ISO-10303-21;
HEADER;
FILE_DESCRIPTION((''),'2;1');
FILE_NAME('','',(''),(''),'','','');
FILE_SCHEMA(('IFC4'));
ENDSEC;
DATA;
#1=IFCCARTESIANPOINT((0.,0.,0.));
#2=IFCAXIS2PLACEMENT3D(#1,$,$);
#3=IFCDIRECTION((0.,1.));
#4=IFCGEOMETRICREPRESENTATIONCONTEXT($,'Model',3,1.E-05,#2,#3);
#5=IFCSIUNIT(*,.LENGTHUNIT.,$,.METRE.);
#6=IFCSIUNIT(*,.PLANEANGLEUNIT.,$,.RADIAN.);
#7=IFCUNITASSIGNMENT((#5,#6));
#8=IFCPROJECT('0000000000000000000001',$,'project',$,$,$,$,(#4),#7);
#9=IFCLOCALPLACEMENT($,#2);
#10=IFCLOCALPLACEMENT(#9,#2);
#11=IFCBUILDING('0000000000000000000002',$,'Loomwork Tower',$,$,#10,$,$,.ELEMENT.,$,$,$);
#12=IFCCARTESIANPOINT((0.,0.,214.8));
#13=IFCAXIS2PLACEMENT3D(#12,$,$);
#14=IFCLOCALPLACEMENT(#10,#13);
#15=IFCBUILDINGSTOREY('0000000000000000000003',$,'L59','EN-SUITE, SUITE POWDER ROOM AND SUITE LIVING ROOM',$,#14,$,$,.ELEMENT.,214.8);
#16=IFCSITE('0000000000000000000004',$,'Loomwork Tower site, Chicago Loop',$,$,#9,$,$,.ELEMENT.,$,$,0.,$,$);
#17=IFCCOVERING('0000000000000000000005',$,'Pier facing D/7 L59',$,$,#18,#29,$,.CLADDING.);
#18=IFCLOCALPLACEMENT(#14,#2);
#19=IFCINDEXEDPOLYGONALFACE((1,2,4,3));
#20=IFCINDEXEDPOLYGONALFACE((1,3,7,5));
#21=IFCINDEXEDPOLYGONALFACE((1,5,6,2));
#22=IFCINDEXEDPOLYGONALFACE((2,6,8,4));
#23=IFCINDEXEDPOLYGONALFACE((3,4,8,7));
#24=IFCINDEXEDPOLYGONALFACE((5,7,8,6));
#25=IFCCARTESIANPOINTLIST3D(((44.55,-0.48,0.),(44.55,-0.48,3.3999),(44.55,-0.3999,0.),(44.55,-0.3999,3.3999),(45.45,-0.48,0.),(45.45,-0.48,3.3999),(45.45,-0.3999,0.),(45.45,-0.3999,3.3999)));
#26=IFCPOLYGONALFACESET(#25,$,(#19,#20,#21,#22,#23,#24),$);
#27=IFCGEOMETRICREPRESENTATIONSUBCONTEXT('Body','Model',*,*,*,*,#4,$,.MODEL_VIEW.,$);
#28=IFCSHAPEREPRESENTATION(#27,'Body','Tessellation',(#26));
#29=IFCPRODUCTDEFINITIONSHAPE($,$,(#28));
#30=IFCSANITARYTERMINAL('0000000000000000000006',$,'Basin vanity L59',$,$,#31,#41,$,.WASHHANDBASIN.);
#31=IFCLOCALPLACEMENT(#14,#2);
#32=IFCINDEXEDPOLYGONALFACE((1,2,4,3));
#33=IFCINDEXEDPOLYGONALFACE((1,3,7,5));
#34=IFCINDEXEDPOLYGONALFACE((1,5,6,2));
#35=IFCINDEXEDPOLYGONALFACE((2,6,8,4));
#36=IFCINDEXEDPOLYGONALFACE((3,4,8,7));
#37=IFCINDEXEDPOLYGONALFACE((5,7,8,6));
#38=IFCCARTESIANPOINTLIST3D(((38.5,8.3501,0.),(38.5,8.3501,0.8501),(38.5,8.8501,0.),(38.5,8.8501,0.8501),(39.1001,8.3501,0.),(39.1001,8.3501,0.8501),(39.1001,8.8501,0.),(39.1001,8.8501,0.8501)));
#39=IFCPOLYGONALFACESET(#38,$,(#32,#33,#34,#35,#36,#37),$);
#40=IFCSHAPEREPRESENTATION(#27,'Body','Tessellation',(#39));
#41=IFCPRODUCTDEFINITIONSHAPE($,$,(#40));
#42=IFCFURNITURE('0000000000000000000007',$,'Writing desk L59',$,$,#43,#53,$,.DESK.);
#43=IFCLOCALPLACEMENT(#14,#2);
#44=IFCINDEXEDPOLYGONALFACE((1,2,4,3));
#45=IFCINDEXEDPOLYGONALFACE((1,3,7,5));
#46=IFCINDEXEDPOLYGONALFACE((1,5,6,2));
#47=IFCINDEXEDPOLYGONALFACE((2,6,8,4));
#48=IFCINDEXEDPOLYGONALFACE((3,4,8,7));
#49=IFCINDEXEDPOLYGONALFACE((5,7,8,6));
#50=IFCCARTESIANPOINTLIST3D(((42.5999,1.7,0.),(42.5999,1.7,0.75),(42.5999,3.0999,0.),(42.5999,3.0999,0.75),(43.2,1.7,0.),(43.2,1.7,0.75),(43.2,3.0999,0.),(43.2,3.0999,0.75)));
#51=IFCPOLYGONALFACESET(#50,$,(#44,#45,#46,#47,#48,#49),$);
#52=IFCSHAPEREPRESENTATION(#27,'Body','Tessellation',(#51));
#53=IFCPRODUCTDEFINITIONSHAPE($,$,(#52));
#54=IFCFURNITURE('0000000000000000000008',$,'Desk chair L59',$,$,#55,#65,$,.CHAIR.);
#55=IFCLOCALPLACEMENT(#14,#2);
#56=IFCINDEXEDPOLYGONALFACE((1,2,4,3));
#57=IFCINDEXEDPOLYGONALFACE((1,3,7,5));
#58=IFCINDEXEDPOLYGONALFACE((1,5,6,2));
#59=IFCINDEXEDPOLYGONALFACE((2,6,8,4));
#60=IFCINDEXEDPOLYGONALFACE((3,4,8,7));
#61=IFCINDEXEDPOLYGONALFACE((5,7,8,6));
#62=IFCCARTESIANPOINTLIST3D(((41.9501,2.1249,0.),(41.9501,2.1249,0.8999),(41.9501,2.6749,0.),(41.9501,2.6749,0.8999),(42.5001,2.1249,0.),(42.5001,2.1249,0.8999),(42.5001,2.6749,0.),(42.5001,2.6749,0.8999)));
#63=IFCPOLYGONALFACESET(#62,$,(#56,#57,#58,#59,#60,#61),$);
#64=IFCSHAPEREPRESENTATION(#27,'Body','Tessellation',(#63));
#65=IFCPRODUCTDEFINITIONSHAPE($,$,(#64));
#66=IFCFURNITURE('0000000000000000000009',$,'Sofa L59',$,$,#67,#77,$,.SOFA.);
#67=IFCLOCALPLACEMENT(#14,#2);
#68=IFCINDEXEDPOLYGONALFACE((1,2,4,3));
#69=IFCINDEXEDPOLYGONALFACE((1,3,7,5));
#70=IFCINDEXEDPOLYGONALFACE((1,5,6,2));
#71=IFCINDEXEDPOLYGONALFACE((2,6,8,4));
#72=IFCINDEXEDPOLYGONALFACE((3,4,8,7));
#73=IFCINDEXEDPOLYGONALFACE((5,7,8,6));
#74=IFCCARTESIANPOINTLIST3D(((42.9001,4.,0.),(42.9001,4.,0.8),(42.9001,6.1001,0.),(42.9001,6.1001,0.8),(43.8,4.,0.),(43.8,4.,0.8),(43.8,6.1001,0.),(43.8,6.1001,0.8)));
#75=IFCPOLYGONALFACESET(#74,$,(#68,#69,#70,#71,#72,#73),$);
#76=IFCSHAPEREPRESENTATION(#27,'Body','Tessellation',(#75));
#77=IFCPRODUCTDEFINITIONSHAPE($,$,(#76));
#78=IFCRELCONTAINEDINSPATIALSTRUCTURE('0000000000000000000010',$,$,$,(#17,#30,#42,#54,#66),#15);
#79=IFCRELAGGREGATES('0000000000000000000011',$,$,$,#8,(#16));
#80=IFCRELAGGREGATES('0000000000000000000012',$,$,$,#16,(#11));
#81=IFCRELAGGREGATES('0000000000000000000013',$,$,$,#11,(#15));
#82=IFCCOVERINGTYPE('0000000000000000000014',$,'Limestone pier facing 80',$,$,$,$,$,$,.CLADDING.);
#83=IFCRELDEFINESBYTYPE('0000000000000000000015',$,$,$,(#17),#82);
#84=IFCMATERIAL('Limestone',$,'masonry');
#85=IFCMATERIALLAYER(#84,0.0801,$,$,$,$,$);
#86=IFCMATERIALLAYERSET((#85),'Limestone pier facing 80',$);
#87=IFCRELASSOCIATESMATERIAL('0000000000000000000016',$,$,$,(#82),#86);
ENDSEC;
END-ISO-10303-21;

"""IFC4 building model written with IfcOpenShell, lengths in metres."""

from ifc_helpers import new_model, si_unit, direction, frame, origin, origin_2d, place, context, subcontext, project, spatial, rectangle, extrude, material, layer, layer_set, type_object, element, save


model = new_model("IFC4")

# Units and contexts
model_context = context("Model", 3, precision=1e-05, world=origin(), true_north=direction((0.0, 1.0)))
body_context = subcontext(model_context, "Body", "Model", "MODEL_VIEW")
ifc_project = project(units=[si_unit("LENGTHUNIT", "METRE"), si_unit("PLANEANGLEUNIT", "RADIAN")], contexts=[model_context])

# Site, building, storey
site_placement = place(None, origin())
site = spatial("IfcSite", under=ifc_project, at=site_placement, Name="Loomwork Tower site, Chicago Loop", CompositionType="ELEMENT", RefElevation=0.0)
building_placement = place(site_placement, origin())
building = spatial("IfcBuilding", under=site, at=building_placement, Name="Loomwork Tower", CompositionType="ELEMENT")
storey_placement = place(building_placement, frame((0.0, 0.0, 214.8)))
storey = spatial("IfcBuildingStorey", under=building, at=storey_placement, Name="L59", Description="EN-SUITE, SUITE POWDER ROOM AND SUITE LIVING ROOM", CompositionType="ELEMENT", Elevation=214.8)

# Covering
ifc_material_1 = material(Name="Limestone", Category="masonry")
ifc_layer_1 = layer(ifc_material_1, 0.0801)
ifc_layer_set_1 = layer_set([ifc_layer_1], Name="Limestone pier facing 80")
covering_type = type_object("IfcCoveringType", Name="Limestone pier facing 80", PredefinedType="CLADDING", material=ifc_layer_set_1)
covering_placement = place(storey_placement, frame((45.0, -0.4399, 0.0), z_axis=(0.0, 0.0, 1.0), x_axis=(1.0, 0.0, 0.0)))
element("IfcCovering", 1, at=covering_placement, inside=storey, type_object=covering_type, Name="Pier facing D/7 L59", PredefinedType="CLADDING", context=body_context, shape_type="SweptSolid", body=[
    extrude(rectangle(XDim=0.8999, YDim=0.0801, at=origin_2d()), origin(), (0.0, 0.0, 1.0), 3.3999),
])

# Sanitary terminal
sanitary_terminal_placement = place(storey_placement, frame((38.8, 8.6001, 0.0), z_axis=(0.0, 0.0, 1.0), x_axis=(1.0, 0.0, 0.0)))
element("IfcSanitaryTerminal", 2, at=sanitary_terminal_placement, inside=storey, Name="Basin vanity L59", PredefinedType="WASHHANDBASIN", context=body_context, shape_type="SweptSolid", body=[
    extrude(rectangle(XDim=0.6001, YDim=0.5, at=origin_2d()), origin(), (0.0, 0.0, 1.0), 0.8501),
])

# Furniture
furniture_1_placement = place(storey_placement, frame((42.8999, 2.3999, 0.0), z_axis=(0.0, 0.0, 1.0), x_axis=(1.0, 0.0, 0.0)))
element("IfcFurniture", 3, at=furniture_1_placement, inside=storey, Name="Writing desk L59", PredefinedType="DESK", context=body_context, shape_type="SweptSolid", body=[
    extrude(rectangle(XDim=0.6001, YDim=1.3999, at=origin_2d()), origin(), (0.0, 0.0, 1.0), 0.75),
])
furniture_2_placement = place(storey_placement, frame((42.2251, 2.3999, 0.0), z_axis=(0.0, 0.0, 1.0), x_axis=(1.0, 0.0, 0.0)))
element("IfcFurniture", 4, at=furniture_2_placement, inside=storey, Name="Desk chair L59", PredefinedType="CHAIR", context=body_context, shape_type="SweptSolid", body=[
    extrude(rectangle(XDim=0.55, YDim=0.55, at=origin_2d()), origin(), (0.0, 0.0, 1.0), 0.8999),
])
furniture_3_placement = place(storey_placement, frame((43.3501, 5.05, 0.0), z_axis=(0.0, 0.0, 1.0), x_axis=(1.0, 0.0, 0.0)))
element("IfcFurniture", 5, at=furniture_3_placement, inside=storey, Name="Sofa L59", PredefinedType="SOFA", context=body_context, shape_type="SweptSolid", body=[
    extrude(rectangle(XDim=0.8999, YDim=2.1001, at=origin_2d()), origin(), (0.0, 0.0, 1.0), 0.8),
])

save(model, "model.ifc")
